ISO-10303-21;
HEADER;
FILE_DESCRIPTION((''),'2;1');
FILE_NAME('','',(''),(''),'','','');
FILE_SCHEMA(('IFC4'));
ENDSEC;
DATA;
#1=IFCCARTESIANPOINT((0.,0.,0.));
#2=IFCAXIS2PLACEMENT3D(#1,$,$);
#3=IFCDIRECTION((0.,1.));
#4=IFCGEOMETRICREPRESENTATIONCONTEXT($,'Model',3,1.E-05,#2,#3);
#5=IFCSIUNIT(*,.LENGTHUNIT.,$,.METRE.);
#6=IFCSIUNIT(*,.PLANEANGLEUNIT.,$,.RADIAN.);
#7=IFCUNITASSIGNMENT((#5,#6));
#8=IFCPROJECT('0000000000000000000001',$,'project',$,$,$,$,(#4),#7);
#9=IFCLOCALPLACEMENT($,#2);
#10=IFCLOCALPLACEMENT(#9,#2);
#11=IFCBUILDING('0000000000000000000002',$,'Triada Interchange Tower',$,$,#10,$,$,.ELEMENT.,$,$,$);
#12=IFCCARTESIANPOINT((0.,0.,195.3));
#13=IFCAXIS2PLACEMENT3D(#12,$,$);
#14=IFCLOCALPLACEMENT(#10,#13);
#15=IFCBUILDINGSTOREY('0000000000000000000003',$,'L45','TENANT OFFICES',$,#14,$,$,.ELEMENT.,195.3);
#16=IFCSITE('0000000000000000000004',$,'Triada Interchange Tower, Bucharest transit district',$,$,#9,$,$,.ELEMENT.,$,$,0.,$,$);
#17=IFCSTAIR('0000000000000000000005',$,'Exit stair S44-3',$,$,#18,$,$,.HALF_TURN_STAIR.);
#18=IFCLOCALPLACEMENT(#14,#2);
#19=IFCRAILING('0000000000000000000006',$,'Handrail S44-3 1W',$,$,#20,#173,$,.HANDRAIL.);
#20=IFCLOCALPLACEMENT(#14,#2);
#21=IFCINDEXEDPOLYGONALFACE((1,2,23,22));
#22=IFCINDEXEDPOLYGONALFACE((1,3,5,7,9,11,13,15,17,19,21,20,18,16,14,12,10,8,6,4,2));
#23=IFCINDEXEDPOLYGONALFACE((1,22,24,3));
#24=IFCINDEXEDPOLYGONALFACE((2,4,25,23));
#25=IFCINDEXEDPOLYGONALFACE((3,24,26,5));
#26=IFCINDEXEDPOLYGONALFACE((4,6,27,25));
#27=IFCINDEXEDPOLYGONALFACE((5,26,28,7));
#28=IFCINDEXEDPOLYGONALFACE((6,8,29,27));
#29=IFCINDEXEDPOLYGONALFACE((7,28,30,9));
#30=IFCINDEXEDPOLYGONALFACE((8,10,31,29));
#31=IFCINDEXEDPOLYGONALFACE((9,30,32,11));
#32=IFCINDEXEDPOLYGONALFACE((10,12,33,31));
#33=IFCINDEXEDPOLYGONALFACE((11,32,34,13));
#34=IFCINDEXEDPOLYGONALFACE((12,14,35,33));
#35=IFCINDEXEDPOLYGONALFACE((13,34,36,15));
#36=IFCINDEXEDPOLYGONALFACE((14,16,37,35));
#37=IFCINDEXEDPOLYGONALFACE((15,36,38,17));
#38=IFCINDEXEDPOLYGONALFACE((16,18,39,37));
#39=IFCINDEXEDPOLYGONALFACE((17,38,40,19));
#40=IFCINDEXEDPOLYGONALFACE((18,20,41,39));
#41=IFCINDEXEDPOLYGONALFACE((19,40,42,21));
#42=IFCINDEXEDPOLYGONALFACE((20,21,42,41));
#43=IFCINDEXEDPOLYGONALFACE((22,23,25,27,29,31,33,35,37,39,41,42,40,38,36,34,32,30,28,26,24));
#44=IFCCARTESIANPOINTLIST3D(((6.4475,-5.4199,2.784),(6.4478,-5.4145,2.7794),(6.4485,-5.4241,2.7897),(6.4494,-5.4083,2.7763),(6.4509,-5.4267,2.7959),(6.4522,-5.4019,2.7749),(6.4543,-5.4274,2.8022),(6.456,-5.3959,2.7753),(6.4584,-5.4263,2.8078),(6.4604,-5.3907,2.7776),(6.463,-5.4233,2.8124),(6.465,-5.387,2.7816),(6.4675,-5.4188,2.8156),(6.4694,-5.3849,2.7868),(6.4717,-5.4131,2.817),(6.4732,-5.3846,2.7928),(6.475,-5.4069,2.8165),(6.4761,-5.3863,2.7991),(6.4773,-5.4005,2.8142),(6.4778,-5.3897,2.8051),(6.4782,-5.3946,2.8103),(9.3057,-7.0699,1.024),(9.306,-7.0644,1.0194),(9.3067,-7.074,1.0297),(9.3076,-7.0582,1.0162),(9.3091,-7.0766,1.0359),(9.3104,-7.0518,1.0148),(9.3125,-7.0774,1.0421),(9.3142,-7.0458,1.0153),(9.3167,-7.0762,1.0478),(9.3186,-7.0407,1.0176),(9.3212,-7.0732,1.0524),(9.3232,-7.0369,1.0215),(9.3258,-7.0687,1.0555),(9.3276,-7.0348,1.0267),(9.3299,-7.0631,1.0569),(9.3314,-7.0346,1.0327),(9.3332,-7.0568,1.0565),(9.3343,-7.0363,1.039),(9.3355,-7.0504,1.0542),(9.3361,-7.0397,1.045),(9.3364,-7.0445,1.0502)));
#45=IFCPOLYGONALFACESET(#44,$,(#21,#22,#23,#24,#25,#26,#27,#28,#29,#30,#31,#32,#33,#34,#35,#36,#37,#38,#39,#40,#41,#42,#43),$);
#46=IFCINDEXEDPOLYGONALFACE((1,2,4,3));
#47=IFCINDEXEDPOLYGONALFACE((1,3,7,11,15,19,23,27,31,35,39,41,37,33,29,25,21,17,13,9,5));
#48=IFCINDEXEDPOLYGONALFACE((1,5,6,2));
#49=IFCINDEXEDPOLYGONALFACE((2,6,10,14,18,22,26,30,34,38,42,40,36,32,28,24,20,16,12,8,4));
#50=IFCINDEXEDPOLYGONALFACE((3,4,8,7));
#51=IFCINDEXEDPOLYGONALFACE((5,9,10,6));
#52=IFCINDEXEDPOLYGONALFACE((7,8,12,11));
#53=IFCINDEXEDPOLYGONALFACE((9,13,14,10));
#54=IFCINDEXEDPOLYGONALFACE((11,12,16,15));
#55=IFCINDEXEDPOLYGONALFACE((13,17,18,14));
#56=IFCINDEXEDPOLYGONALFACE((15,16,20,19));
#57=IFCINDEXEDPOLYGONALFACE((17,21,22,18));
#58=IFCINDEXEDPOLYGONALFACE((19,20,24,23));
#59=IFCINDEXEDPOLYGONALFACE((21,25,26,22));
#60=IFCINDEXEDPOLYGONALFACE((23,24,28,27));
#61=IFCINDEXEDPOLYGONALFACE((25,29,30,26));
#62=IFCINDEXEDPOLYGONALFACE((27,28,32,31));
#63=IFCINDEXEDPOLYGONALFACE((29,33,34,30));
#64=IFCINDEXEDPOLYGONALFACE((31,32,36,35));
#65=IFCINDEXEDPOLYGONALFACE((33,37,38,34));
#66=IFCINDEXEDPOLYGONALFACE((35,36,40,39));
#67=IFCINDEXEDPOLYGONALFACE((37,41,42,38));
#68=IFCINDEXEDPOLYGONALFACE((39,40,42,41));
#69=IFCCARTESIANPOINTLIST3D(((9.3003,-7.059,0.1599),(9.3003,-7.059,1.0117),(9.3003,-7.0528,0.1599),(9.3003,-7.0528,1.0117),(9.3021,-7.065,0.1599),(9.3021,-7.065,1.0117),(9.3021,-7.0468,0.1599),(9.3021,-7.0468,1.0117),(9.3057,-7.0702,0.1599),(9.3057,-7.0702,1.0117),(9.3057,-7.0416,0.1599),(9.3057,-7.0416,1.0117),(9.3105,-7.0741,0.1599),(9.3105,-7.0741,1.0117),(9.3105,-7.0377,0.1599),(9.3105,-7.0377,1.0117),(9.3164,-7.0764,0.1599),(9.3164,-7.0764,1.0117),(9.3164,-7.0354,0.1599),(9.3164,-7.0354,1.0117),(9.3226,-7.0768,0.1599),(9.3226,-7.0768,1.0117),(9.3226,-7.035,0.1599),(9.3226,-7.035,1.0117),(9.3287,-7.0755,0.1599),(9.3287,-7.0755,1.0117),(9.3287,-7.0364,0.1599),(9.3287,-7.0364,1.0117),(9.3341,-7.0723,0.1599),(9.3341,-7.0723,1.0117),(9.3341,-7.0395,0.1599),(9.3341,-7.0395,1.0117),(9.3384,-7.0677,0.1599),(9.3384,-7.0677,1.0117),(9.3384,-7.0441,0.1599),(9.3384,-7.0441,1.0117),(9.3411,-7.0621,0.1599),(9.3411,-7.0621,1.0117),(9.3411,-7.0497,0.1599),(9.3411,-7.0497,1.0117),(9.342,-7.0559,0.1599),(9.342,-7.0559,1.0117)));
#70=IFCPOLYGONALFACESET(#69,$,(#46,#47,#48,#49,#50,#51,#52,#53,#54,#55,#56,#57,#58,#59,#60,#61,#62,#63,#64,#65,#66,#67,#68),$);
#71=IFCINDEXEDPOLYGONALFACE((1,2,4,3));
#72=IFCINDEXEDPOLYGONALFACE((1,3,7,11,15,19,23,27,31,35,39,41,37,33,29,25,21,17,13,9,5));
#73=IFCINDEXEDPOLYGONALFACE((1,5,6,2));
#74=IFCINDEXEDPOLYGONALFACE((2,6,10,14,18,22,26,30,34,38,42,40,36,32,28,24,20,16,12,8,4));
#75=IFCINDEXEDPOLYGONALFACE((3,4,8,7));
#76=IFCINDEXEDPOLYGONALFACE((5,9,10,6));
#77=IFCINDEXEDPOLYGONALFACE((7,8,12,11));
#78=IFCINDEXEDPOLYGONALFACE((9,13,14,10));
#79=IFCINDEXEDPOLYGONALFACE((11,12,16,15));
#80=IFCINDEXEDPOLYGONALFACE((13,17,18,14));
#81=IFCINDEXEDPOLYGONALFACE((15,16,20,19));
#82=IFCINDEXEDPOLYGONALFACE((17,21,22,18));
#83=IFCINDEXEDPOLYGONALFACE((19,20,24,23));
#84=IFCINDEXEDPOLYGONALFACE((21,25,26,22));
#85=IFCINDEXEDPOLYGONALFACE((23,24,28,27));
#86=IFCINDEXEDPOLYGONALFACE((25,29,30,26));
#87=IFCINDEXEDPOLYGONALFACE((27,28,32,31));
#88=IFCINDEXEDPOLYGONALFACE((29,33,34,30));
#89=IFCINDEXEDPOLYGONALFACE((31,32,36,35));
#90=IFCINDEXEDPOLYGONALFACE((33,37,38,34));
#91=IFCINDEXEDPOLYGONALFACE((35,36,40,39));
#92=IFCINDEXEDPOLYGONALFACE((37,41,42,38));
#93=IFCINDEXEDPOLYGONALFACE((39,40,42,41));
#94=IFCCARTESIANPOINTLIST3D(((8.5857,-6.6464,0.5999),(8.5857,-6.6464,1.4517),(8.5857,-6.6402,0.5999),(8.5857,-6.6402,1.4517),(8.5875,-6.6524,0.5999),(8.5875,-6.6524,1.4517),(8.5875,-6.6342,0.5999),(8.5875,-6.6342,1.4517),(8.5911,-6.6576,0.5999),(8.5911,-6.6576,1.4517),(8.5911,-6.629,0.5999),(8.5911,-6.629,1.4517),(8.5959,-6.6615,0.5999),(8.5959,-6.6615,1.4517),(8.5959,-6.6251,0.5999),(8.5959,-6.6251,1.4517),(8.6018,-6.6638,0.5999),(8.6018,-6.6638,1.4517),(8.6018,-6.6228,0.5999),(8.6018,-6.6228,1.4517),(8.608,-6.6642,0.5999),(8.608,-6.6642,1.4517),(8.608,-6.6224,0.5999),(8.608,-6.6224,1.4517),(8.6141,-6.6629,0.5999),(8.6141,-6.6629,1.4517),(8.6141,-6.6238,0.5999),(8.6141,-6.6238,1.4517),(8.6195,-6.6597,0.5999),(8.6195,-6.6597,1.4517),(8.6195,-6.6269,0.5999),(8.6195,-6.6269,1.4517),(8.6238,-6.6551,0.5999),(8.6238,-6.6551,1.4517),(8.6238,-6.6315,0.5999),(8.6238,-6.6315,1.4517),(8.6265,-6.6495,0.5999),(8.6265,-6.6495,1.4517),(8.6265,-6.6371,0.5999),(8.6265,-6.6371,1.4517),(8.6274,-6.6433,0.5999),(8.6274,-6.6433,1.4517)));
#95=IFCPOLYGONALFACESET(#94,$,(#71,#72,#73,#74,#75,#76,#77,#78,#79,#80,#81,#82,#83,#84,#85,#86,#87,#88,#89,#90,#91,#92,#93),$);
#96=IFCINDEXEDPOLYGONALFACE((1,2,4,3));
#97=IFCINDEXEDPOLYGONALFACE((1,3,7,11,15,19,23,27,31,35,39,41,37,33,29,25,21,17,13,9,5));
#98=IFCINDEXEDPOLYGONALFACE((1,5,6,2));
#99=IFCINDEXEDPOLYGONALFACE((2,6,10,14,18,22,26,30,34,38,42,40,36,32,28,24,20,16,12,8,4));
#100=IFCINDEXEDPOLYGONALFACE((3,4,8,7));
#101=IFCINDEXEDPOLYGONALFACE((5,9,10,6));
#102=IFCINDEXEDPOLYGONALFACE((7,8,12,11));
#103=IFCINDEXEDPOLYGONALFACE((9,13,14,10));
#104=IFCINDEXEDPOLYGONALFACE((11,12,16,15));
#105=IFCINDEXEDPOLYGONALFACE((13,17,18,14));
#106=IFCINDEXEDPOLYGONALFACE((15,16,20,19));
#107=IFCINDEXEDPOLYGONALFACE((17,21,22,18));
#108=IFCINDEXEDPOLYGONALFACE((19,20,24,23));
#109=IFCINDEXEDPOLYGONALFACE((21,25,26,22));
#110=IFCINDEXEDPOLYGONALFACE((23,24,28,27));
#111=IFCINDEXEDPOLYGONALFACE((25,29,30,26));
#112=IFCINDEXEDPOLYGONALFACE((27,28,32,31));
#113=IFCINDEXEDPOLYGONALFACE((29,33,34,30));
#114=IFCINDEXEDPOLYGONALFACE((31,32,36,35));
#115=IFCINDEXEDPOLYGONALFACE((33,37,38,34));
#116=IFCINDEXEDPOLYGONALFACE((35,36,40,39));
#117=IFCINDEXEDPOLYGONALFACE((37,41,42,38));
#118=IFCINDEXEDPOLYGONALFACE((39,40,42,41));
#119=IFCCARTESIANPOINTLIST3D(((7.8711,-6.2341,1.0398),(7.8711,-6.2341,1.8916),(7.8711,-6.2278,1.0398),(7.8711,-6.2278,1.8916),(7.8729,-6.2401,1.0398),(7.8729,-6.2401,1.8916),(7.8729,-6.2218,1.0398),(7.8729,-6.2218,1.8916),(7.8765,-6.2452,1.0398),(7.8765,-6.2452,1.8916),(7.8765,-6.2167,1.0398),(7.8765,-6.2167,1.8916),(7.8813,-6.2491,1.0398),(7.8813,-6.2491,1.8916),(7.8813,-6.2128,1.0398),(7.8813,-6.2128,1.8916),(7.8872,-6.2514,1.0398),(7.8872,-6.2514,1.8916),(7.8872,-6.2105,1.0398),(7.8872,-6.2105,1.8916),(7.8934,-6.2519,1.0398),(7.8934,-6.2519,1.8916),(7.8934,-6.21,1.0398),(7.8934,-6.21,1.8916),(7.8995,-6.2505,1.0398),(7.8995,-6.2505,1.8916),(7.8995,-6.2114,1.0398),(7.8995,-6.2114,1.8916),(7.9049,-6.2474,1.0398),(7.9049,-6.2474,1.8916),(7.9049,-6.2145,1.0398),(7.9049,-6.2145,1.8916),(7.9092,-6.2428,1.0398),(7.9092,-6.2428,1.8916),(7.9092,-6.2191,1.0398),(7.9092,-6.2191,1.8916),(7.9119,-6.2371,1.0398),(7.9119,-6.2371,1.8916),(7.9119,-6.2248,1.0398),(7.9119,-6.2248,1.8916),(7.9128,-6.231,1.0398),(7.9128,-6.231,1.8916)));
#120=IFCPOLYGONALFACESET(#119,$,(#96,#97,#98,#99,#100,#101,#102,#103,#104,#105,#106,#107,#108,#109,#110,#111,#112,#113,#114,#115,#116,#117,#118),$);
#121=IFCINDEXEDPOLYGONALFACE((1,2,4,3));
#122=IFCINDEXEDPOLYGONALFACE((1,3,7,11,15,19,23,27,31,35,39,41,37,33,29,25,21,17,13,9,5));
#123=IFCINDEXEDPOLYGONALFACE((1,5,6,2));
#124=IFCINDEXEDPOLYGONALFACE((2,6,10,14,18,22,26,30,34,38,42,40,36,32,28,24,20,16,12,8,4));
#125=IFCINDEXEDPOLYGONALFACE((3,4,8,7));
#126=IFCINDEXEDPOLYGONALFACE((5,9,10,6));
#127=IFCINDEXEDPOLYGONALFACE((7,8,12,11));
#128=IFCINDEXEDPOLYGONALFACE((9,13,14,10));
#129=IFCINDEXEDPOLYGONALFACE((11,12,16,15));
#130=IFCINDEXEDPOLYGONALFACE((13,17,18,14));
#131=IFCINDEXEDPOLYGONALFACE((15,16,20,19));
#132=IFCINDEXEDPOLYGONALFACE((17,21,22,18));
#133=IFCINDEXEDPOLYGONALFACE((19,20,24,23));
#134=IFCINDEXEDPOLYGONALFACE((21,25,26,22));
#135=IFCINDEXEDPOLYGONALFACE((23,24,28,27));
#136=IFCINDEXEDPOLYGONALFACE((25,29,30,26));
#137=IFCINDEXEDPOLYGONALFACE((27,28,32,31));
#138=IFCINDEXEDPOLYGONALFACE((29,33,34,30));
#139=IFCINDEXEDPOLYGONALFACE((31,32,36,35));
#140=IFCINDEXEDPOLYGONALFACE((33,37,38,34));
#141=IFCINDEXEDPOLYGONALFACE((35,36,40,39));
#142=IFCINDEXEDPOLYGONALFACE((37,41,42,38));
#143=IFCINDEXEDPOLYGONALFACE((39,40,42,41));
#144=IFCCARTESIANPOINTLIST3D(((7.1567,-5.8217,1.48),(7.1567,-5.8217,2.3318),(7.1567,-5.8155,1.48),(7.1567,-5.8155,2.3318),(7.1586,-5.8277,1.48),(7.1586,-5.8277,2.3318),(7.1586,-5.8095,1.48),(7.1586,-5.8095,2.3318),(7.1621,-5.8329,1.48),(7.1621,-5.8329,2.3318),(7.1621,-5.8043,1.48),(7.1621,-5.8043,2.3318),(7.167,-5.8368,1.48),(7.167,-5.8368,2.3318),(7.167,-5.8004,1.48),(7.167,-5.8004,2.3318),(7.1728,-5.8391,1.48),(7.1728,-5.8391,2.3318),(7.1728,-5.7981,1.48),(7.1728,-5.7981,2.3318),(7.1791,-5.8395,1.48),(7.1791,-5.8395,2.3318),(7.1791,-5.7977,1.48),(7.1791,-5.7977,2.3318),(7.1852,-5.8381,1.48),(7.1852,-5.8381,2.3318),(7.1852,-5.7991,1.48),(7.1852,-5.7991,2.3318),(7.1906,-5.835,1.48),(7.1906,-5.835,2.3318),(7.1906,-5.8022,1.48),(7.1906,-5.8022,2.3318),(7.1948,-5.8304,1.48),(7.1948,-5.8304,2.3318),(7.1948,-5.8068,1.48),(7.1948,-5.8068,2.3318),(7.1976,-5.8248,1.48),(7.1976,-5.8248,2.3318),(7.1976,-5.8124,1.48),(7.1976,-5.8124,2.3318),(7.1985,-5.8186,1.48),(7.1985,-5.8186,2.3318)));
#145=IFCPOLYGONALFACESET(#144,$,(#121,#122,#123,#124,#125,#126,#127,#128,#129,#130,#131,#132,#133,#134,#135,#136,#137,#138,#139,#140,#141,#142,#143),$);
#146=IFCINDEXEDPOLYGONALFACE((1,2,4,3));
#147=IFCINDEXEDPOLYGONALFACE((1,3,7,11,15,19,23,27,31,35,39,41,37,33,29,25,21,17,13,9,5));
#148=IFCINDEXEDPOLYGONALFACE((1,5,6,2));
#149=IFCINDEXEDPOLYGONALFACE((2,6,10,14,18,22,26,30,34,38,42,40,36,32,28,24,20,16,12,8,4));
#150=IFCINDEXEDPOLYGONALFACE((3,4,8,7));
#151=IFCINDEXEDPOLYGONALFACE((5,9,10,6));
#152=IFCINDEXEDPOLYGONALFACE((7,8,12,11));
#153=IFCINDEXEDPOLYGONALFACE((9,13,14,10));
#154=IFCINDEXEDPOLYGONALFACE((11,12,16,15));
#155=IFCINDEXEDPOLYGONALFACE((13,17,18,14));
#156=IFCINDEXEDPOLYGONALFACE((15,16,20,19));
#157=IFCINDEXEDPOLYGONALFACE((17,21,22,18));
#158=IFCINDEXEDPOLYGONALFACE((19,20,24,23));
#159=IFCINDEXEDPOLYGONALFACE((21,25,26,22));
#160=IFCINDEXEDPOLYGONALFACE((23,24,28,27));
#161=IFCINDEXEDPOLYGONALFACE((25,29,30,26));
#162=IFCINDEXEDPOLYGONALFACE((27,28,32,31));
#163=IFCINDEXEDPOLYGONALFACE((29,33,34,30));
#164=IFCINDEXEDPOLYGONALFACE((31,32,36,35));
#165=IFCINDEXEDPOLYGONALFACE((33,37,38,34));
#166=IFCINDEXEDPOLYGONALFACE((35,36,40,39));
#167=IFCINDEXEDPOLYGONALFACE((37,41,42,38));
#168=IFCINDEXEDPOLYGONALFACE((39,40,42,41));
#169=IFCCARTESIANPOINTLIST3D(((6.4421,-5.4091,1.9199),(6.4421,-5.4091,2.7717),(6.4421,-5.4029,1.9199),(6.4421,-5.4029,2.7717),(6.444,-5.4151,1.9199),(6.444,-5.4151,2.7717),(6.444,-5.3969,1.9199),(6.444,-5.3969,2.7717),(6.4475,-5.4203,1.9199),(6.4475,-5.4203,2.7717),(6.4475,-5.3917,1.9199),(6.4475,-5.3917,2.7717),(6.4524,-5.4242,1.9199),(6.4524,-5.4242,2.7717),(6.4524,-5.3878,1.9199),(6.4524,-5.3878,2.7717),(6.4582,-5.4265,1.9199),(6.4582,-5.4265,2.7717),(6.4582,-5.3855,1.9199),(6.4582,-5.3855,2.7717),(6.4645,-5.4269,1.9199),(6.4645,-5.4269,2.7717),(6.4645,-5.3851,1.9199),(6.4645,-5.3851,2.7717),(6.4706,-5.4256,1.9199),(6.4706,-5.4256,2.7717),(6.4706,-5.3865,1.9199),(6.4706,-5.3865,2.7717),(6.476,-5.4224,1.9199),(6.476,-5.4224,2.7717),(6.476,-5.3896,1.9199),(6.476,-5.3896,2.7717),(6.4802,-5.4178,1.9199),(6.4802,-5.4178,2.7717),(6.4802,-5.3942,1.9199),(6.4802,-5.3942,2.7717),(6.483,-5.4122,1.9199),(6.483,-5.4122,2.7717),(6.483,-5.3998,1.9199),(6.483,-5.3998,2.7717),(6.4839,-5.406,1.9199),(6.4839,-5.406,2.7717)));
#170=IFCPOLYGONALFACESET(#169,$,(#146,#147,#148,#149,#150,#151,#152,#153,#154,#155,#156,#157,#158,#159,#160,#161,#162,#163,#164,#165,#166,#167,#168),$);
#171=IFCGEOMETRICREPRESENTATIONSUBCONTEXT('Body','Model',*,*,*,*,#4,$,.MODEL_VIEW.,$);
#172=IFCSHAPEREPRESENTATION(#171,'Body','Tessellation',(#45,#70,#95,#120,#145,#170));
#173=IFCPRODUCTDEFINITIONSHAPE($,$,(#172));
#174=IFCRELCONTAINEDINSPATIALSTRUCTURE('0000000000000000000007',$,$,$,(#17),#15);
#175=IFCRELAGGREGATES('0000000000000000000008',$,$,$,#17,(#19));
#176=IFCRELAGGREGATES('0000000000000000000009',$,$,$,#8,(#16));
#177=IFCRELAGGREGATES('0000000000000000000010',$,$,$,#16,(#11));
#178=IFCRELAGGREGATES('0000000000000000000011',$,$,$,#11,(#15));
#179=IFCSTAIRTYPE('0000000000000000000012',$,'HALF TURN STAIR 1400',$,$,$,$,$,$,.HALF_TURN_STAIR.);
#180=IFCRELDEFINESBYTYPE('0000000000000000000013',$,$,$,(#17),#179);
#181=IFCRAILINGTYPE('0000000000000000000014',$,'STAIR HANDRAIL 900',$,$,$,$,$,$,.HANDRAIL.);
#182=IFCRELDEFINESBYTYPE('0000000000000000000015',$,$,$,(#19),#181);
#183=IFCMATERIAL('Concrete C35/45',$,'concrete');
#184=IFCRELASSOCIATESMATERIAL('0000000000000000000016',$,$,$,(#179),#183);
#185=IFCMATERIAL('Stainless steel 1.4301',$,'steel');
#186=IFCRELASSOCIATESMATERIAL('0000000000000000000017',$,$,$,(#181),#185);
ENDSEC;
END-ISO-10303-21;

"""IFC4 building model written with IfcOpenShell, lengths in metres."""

from ifc_helpers import new_model, si_unit, direction, frame, origin, origin_2d, place, context, subcontext, project, spatial, circle, extrude, material, type_object, element, aggregate, save


model = new_model("IFC4")

# Units and contexts
model_context = context("Model", 3, precision=1e-05, world=origin(), true_north=direction((0.0, 1.0)))
body_context = subcontext(model_context, "Body", "Model", "MODEL_VIEW")
ifc_project = project(units=[si_unit("LENGTHUNIT", "METRE"), si_unit("PLANEANGLEUNIT", "RADIAN")], contexts=[model_context])

# Site, building, storey
site_placement = place(None, origin())
site = spatial("IfcSite", under=ifc_project, at=site_placement, Name="Triada Interchange Tower, Bucharest transit district", CompositionType="ELEMENT", RefElevation=0.0)
building_placement = place(site_placement, origin())
building = spatial("IfcBuilding", under=site, at=building_placement, Name="Triada Interchange Tower", CompositionType="ELEMENT")
storey_placement = place(building_placement, frame((0.0, 0.0, 195.3)))
storey = spatial("IfcBuildingStorey", under=building, at=storey_placement, Name="L45", Description="TENANT OFFICES", CompositionType="ELEMENT", Elevation=195.3)

# Stair, railing
ifc_material_1 = material(Name="Concrete C35/45", Category="concrete")
stair_type = type_object("IfcStairType", Name="HALF TURN STAIR 1400", PredefinedType="HALF_TURN_STAIR", material=ifc_material_1)
stair_placement = place(storey_placement, origin())
stair = element("IfcStair", 1, at=stair_placement, inside=storey, type_object=stair_type, Name="Exit stair S44-3", PredefinedType="HALF_TURN_STAIR")
ifc_material_2 = material(Name="Stainless steel 1.4301", Category="steel")
railing_type = type_object("IfcRailingType", Name="STAIR HANDRAIL 900", PredefinedType="HANDRAIL", material=ifc_material_2)
railing_1_placement = place(storey_placement, frame((9.321, -7.0559, 0.1599)))
railing_1 = element("IfcRailing", 2, at=railing_1_placement, type_object=railing_type, Name="Handrail S44-3 1W", PredefinedType="HANDRAIL", context=body_context, shape_type="SweptSolid", body=[
    extrude(circle(Radius=0.0239, at=origin_2d()), frame((0.0, 0.0, 0.876), z_axis=(-0.764178, 0.441131, 0.47057), x_axis=(-0.499942, -0.866059, 0.0)), (0.0, 0.0, 1.0), 3.7402),
    extrude(circle(Radius=0.021, at=origin_2d()), origin(), (0.0, 0.0, 1.0), 0.8518),
    extrude(circle(Radius=0.021, at=origin_2d()), frame((-0.7146, 0.4126, 0.4399)), (0.0, 0.0, 1.0), 0.8518),
    extrude(circle(Radius=0.021, at=origin_2d()), frame((-1.4292, 0.825, 0.8799)), (0.0, 0.0, 1.0), 0.8518),
    extrude(circle(Radius=0.021, at=origin_2d()), frame((-2.1436, 1.2373, 1.3201)), (0.0, 0.0, 1.0), 0.8518),
    extrude(circle(Radius=0.021, at=origin_2d()), frame((-2.8582, 1.6499, 1.76)), (0.0, 0.0, 1.0), 0.8518),
])
aggregate(stair, [railing_1])

save(model, "model.ifc")
